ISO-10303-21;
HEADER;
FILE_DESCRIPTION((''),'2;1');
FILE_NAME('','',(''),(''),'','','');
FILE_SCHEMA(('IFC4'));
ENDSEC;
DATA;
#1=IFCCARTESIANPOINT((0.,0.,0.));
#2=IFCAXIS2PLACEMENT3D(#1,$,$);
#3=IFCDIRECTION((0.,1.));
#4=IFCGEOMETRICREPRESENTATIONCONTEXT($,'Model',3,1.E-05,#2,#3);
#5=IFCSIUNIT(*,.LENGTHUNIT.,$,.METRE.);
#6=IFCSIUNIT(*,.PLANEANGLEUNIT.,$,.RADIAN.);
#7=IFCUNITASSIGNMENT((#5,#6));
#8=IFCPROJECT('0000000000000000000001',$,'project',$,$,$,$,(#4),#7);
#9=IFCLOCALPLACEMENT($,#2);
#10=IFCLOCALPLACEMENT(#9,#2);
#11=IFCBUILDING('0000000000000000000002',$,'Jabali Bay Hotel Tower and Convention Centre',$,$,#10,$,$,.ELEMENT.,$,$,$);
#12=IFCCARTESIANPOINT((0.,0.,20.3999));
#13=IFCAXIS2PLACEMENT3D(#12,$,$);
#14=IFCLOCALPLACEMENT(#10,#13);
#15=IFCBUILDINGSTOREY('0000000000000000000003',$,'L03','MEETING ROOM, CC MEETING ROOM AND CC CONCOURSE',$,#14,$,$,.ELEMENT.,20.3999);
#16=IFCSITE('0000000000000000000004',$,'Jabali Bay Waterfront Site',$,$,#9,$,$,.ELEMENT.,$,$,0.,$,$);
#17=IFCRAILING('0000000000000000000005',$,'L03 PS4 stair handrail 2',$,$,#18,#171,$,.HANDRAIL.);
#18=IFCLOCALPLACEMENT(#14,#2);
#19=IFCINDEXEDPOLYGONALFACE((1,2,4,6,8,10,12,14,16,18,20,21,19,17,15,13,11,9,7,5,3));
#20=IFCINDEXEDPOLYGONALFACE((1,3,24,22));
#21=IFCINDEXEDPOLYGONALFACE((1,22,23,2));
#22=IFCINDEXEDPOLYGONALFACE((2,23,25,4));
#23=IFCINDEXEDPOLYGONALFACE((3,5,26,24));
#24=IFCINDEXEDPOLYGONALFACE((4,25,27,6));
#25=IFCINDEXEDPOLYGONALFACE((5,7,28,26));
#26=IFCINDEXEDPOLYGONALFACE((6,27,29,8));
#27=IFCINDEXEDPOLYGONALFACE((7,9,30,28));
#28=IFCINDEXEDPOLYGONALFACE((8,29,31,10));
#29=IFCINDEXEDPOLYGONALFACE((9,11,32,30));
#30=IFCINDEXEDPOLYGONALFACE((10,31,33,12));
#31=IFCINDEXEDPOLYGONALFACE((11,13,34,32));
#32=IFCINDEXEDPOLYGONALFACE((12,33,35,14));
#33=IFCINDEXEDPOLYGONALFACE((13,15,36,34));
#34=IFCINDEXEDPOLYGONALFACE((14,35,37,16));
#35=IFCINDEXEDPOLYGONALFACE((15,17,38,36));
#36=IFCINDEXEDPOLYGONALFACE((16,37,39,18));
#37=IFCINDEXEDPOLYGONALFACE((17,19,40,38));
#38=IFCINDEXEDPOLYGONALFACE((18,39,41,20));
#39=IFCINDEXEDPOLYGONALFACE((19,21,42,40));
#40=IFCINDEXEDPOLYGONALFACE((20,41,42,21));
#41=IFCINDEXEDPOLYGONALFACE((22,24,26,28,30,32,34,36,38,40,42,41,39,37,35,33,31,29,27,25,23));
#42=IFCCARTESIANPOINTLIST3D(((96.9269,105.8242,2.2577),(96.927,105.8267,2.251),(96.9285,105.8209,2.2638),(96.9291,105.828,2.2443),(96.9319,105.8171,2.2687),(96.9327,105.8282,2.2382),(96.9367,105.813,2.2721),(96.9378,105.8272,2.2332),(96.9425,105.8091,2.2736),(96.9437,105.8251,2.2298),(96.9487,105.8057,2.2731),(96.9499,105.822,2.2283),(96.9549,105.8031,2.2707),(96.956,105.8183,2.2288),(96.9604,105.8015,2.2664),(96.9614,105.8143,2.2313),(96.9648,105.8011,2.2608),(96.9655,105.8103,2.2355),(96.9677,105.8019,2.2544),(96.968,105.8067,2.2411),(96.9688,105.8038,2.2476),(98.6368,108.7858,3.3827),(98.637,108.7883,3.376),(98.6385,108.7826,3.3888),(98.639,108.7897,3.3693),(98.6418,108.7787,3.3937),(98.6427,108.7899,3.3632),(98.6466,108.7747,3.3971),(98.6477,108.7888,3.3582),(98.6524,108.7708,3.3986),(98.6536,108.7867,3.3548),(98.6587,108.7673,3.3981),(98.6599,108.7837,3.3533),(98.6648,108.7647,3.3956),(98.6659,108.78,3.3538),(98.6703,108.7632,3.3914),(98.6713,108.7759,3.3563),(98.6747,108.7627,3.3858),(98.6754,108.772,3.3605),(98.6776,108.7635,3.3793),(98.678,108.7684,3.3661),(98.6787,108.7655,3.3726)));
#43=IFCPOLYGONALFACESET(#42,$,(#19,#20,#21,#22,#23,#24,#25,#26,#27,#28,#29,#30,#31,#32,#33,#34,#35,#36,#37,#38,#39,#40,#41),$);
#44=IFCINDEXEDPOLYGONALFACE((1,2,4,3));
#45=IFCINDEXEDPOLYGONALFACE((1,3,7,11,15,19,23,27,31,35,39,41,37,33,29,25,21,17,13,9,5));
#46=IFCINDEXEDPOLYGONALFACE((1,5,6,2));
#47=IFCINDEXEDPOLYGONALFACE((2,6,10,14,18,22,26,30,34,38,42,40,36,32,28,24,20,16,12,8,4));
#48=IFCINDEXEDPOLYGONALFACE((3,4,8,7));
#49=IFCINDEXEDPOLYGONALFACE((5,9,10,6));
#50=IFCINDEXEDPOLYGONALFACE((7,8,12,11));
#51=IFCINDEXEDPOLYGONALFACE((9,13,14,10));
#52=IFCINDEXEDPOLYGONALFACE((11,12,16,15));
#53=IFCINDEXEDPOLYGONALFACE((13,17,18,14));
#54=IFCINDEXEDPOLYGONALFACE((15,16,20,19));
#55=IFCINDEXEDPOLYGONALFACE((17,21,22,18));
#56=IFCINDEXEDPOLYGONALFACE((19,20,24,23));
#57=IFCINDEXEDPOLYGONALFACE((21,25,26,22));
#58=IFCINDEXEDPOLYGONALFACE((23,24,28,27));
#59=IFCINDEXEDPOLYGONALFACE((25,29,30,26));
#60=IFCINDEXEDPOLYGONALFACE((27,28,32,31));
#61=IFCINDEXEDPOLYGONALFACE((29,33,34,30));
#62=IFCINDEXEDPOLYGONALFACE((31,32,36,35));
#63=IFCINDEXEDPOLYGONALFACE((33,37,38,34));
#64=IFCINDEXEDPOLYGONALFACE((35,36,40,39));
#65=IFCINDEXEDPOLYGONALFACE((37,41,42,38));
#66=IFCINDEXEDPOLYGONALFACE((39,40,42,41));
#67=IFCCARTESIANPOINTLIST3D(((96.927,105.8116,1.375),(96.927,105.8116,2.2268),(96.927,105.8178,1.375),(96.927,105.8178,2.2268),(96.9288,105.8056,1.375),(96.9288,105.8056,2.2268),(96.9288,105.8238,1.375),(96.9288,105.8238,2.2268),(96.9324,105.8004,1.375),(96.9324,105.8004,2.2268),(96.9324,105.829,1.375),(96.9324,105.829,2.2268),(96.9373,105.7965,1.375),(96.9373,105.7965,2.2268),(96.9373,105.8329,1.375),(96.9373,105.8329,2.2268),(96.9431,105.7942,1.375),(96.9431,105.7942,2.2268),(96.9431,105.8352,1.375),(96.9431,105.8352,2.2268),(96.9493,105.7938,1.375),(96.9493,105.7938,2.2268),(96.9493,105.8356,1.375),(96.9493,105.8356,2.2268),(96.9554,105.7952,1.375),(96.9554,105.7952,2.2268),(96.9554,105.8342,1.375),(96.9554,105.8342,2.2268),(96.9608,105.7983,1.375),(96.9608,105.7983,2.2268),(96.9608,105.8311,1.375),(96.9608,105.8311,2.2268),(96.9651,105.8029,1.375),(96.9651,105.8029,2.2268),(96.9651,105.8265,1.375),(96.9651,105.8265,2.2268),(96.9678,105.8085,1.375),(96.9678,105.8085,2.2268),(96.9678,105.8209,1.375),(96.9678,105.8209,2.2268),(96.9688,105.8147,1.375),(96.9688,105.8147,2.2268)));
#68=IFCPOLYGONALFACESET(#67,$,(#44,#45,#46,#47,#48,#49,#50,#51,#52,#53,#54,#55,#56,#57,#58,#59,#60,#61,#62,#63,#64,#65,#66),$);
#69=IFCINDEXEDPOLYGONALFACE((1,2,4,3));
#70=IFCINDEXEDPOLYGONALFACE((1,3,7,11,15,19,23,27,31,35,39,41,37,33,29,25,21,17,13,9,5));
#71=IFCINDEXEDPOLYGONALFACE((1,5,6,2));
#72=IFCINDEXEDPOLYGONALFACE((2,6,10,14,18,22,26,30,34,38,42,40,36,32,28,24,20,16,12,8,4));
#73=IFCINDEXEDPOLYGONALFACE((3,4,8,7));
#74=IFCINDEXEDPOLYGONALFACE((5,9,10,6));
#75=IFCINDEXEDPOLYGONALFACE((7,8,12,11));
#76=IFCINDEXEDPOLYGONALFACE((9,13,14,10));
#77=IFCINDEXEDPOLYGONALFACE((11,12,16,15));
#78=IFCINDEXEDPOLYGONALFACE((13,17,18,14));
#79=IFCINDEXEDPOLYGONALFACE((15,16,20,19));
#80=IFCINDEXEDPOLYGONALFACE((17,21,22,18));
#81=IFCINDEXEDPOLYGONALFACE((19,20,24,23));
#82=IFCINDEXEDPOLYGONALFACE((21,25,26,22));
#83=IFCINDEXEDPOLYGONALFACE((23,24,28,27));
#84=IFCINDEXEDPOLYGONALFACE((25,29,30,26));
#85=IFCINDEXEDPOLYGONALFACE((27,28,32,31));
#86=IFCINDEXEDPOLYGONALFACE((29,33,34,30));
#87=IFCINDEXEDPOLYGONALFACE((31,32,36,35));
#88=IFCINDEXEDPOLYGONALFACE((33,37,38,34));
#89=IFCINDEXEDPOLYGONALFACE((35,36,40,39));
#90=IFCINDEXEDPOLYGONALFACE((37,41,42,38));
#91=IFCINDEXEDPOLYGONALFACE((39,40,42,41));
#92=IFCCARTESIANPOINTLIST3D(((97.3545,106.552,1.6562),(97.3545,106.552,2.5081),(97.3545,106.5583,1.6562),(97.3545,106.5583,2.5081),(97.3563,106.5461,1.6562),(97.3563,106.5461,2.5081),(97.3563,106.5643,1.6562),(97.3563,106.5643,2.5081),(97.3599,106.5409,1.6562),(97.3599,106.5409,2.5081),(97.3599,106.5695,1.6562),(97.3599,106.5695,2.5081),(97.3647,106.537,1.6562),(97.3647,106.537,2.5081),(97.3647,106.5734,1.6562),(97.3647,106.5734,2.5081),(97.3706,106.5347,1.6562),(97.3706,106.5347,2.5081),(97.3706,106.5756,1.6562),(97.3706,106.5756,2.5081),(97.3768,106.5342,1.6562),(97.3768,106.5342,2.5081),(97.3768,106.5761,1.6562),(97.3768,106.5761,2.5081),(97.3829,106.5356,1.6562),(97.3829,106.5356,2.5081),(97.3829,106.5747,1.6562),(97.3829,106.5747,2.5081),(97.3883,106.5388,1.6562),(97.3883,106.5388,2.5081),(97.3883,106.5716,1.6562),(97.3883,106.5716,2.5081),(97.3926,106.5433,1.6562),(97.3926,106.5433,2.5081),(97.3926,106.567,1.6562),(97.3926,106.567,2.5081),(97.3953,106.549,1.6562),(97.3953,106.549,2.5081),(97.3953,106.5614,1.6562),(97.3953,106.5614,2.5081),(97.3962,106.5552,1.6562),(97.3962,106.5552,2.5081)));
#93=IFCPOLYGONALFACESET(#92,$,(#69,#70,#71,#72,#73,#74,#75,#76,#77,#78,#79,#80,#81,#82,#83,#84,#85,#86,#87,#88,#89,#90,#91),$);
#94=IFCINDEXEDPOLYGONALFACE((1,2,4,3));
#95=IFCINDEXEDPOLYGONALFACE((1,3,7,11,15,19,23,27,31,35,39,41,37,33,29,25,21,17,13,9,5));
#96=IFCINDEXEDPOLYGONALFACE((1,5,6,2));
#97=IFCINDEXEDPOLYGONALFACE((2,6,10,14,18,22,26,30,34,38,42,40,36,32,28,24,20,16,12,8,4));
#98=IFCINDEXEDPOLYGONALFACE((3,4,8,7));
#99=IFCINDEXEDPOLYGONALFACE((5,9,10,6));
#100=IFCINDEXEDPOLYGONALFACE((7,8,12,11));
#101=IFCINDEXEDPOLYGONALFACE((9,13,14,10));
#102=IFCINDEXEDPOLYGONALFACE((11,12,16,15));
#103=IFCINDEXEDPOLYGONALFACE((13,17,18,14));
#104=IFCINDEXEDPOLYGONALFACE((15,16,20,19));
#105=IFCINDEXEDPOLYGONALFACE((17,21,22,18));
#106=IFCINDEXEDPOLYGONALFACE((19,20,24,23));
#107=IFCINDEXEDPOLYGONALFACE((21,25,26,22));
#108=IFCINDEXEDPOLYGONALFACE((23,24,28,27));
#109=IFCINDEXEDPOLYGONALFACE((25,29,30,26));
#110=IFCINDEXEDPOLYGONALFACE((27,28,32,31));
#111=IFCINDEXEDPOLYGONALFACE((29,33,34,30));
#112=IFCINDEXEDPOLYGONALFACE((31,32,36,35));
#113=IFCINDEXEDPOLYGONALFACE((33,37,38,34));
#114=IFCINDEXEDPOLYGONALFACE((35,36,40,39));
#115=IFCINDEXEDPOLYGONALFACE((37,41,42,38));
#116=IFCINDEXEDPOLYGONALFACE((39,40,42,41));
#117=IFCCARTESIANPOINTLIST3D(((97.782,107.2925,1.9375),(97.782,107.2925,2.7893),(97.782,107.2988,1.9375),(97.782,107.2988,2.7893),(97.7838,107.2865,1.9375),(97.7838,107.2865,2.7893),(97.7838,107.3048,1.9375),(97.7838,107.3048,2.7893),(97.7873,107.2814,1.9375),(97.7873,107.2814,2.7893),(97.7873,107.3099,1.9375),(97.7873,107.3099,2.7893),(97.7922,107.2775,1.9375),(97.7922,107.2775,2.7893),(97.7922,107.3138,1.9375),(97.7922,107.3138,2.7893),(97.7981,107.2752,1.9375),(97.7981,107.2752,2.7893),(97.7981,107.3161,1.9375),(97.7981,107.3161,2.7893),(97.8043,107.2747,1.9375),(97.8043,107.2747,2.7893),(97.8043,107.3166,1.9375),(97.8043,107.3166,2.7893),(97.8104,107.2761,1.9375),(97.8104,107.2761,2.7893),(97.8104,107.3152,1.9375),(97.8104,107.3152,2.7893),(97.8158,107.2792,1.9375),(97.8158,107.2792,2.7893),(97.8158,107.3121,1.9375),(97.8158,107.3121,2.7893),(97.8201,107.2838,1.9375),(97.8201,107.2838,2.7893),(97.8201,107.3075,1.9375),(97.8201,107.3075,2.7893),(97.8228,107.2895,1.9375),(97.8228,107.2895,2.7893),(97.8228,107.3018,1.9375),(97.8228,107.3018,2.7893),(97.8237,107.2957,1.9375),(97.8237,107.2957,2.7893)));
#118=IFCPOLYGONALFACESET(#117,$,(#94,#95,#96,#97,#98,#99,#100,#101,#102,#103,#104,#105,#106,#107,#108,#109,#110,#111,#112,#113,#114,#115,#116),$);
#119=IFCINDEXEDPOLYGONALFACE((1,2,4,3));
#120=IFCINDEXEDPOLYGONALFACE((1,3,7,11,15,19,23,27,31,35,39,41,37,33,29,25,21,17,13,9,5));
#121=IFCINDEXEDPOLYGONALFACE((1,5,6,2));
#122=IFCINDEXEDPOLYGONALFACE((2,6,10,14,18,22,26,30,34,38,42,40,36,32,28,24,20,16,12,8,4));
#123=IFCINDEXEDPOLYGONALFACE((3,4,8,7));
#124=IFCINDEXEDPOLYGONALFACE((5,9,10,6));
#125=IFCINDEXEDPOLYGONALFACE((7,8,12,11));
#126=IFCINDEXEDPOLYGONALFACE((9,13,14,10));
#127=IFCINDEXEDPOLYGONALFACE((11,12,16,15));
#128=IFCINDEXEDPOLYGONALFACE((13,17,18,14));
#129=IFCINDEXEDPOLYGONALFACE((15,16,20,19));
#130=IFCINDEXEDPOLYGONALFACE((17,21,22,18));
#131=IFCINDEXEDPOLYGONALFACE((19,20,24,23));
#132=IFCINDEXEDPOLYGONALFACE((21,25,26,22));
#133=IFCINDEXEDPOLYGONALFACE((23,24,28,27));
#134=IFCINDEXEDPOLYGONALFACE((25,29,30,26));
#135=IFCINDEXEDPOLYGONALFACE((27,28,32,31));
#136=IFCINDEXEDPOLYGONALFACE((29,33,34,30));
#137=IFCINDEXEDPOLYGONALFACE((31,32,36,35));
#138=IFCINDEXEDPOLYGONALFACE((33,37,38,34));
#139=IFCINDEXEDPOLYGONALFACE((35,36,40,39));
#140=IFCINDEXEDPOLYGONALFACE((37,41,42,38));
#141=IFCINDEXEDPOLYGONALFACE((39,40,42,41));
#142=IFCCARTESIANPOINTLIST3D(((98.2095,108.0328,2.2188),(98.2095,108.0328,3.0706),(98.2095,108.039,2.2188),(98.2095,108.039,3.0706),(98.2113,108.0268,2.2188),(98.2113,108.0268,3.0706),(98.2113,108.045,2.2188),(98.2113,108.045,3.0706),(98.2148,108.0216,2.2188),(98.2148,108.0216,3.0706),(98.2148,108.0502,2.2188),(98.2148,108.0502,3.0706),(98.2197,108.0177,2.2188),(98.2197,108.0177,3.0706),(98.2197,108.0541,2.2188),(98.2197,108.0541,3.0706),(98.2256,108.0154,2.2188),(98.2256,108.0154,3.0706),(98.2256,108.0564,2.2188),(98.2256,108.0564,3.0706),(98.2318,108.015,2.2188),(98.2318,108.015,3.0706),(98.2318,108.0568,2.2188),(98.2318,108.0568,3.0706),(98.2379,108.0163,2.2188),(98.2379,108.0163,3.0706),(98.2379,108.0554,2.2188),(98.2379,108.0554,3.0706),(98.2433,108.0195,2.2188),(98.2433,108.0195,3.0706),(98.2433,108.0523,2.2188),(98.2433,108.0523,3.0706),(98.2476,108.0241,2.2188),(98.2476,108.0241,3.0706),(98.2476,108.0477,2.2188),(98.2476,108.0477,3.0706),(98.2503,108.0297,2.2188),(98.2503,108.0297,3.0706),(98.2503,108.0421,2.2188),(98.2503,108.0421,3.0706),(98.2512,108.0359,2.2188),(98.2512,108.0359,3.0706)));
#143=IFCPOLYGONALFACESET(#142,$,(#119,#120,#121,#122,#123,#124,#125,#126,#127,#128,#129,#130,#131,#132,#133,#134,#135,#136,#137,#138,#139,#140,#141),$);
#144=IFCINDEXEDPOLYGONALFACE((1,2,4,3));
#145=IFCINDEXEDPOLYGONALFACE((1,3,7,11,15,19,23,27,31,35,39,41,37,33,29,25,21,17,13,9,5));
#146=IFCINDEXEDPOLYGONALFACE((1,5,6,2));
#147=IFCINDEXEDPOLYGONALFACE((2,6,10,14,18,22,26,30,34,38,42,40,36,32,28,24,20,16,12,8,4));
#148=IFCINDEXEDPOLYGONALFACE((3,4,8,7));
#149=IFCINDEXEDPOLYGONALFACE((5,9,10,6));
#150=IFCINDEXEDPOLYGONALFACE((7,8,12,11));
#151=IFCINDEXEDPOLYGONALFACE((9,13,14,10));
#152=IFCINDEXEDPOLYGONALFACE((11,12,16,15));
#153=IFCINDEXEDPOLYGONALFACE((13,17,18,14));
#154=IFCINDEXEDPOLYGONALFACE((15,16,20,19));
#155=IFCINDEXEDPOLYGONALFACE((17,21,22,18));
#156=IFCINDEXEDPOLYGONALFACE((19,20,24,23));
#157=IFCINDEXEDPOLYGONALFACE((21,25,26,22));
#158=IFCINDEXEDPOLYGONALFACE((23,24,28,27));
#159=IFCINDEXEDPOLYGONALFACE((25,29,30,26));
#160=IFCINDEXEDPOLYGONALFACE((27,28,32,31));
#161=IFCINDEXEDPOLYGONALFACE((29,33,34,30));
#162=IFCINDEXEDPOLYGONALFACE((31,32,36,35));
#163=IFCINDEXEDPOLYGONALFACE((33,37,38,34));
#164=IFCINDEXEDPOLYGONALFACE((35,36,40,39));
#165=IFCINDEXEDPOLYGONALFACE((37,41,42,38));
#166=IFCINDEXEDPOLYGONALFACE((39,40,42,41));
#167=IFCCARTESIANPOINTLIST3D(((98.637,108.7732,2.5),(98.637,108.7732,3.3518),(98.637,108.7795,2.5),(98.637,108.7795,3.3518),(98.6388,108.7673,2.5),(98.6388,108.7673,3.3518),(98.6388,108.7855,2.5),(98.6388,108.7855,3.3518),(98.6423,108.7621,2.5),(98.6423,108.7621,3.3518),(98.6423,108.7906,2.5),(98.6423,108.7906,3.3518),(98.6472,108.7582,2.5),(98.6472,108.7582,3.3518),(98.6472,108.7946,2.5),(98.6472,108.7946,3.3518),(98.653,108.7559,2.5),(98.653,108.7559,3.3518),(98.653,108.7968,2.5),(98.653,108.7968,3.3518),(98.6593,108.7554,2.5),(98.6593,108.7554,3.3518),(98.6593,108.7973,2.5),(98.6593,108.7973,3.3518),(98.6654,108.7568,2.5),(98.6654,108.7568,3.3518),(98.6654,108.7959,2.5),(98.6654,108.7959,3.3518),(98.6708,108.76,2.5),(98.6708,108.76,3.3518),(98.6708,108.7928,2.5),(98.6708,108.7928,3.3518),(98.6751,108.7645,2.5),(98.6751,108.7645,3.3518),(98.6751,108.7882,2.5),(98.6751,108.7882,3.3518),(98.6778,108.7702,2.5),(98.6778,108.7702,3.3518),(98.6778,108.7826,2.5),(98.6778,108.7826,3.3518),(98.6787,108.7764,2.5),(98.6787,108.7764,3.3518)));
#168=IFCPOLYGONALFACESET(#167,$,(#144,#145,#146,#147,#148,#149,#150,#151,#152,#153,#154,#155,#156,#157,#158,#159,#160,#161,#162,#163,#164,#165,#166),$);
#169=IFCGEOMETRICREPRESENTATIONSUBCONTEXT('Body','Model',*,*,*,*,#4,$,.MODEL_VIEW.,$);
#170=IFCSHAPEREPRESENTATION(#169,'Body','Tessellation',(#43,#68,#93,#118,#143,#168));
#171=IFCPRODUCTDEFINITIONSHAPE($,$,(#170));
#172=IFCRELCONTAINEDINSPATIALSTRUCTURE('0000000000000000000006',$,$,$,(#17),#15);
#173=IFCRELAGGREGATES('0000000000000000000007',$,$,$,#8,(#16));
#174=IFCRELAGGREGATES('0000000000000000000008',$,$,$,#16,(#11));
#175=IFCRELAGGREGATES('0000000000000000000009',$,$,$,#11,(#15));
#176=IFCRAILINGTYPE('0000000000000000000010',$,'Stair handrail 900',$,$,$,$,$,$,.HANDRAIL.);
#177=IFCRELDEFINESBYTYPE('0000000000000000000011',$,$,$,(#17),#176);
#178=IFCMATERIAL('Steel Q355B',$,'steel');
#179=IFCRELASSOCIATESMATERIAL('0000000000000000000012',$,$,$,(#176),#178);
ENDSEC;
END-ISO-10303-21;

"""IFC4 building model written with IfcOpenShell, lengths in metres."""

from ifc_helpers import new_model, si_unit, direction, frame, origin, origin_2d, place, context, subcontext, project, spatial, circle, extrude, material, type_object, element, save


model = new_model("IFC4")

# Units and contexts
model_context = context("Model", 3, precision=1e-05, world=origin(), true_north=direction((0.0, 1.0)))
body_context = subcontext(model_context, "Body", "Model", "MODEL_VIEW")
ifc_project = project(units=[si_unit("LENGTHUNIT", "METRE"), si_unit("PLANEANGLEUNIT", "RADIAN")], contexts=[model_context])

# Site, building, storey
site_placement = place(None, origin())
site = spatial("IfcSite", under=ifc_project, at=site_placement, Name="Jabali Bay Waterfront Site", CompositionType="ELEMENT", RefElevation=0.0)
building_placement = place(site_placement, origin())
building = spatial("IfcBuilding", under=site, at=building_placement, Name="Jabali Bay Hotel Tower and Convention Centre", CompositionType="ELEMENT")
storey_placement = place(building_placement, frame((0.0, 0.0, 20.3999)))
storey = spatial("IfcBuildingStorey", under=building, at=storey_placement, Name="L03", Description="MEETING ROOM, CC MEETING ROOM AND CC CONCOURSE", CompositionType="ELEMENT", Elevation=20.3999)

# Railing
ifc_material_1 = material(Name="Steel Q355B", Category="steel")
railing_type_1 = type_object("IfcRailingType", Name="Stair handrail 900", PredefinedType="HANDRAIL", material=ifc_material_1)
for number, where, name in (
    (1, (96.9478, 105.8147, 1.375), "L03 PS4 stair handrail 2"),
):
    element("IfcRailing", number, at=place(storey_placement, frame(where)), inside=storey, type_object=railing_type_1, Name=name, PredefinedType="HANDRAIL", context=body_context, shape_type="SweptSolid", body=[
        extrude(circle(Radius=0.0239, at=origin_2d()), frame((0.0, 0.0, 0.876), z_axis=(0.474969, 0.822652, 0.312487), x_axis=(-0.86602, 0.500009, 0.0)), (0.0, 0.0, 1.0), 3.6001),
        extrude(circle(Radius=0.021, at=origin_2d()), origin(), (0.0, 0.0, 1.0), 0.8518),
        extrude(circle(Radius=0.021, at=origin_2d()), frame((0.4275, 0.7405, 0.2812)), (0.0, 0.0, 1.0), 0.8518),
        extrude(circle(Radius=0.021, at=origin_2d()), frame((0.855, 1.481, 0.5625)), (0.0, 0.0, 1.0), 0.8518),
        extrude(circle(Radius=0.021, at=origin_2d()), frame((1.2825, 2.2212, 0.8438)), (0.0, 0.0, 1.0), 0.8518),
        extrude(circle(Radius=0.021, at=origin_2d()), frame((1.71, 2.9617, 1.125)), (0.0, 0.0, 1.0), 0.8518),
    ])

save(model, "model.ifc")
